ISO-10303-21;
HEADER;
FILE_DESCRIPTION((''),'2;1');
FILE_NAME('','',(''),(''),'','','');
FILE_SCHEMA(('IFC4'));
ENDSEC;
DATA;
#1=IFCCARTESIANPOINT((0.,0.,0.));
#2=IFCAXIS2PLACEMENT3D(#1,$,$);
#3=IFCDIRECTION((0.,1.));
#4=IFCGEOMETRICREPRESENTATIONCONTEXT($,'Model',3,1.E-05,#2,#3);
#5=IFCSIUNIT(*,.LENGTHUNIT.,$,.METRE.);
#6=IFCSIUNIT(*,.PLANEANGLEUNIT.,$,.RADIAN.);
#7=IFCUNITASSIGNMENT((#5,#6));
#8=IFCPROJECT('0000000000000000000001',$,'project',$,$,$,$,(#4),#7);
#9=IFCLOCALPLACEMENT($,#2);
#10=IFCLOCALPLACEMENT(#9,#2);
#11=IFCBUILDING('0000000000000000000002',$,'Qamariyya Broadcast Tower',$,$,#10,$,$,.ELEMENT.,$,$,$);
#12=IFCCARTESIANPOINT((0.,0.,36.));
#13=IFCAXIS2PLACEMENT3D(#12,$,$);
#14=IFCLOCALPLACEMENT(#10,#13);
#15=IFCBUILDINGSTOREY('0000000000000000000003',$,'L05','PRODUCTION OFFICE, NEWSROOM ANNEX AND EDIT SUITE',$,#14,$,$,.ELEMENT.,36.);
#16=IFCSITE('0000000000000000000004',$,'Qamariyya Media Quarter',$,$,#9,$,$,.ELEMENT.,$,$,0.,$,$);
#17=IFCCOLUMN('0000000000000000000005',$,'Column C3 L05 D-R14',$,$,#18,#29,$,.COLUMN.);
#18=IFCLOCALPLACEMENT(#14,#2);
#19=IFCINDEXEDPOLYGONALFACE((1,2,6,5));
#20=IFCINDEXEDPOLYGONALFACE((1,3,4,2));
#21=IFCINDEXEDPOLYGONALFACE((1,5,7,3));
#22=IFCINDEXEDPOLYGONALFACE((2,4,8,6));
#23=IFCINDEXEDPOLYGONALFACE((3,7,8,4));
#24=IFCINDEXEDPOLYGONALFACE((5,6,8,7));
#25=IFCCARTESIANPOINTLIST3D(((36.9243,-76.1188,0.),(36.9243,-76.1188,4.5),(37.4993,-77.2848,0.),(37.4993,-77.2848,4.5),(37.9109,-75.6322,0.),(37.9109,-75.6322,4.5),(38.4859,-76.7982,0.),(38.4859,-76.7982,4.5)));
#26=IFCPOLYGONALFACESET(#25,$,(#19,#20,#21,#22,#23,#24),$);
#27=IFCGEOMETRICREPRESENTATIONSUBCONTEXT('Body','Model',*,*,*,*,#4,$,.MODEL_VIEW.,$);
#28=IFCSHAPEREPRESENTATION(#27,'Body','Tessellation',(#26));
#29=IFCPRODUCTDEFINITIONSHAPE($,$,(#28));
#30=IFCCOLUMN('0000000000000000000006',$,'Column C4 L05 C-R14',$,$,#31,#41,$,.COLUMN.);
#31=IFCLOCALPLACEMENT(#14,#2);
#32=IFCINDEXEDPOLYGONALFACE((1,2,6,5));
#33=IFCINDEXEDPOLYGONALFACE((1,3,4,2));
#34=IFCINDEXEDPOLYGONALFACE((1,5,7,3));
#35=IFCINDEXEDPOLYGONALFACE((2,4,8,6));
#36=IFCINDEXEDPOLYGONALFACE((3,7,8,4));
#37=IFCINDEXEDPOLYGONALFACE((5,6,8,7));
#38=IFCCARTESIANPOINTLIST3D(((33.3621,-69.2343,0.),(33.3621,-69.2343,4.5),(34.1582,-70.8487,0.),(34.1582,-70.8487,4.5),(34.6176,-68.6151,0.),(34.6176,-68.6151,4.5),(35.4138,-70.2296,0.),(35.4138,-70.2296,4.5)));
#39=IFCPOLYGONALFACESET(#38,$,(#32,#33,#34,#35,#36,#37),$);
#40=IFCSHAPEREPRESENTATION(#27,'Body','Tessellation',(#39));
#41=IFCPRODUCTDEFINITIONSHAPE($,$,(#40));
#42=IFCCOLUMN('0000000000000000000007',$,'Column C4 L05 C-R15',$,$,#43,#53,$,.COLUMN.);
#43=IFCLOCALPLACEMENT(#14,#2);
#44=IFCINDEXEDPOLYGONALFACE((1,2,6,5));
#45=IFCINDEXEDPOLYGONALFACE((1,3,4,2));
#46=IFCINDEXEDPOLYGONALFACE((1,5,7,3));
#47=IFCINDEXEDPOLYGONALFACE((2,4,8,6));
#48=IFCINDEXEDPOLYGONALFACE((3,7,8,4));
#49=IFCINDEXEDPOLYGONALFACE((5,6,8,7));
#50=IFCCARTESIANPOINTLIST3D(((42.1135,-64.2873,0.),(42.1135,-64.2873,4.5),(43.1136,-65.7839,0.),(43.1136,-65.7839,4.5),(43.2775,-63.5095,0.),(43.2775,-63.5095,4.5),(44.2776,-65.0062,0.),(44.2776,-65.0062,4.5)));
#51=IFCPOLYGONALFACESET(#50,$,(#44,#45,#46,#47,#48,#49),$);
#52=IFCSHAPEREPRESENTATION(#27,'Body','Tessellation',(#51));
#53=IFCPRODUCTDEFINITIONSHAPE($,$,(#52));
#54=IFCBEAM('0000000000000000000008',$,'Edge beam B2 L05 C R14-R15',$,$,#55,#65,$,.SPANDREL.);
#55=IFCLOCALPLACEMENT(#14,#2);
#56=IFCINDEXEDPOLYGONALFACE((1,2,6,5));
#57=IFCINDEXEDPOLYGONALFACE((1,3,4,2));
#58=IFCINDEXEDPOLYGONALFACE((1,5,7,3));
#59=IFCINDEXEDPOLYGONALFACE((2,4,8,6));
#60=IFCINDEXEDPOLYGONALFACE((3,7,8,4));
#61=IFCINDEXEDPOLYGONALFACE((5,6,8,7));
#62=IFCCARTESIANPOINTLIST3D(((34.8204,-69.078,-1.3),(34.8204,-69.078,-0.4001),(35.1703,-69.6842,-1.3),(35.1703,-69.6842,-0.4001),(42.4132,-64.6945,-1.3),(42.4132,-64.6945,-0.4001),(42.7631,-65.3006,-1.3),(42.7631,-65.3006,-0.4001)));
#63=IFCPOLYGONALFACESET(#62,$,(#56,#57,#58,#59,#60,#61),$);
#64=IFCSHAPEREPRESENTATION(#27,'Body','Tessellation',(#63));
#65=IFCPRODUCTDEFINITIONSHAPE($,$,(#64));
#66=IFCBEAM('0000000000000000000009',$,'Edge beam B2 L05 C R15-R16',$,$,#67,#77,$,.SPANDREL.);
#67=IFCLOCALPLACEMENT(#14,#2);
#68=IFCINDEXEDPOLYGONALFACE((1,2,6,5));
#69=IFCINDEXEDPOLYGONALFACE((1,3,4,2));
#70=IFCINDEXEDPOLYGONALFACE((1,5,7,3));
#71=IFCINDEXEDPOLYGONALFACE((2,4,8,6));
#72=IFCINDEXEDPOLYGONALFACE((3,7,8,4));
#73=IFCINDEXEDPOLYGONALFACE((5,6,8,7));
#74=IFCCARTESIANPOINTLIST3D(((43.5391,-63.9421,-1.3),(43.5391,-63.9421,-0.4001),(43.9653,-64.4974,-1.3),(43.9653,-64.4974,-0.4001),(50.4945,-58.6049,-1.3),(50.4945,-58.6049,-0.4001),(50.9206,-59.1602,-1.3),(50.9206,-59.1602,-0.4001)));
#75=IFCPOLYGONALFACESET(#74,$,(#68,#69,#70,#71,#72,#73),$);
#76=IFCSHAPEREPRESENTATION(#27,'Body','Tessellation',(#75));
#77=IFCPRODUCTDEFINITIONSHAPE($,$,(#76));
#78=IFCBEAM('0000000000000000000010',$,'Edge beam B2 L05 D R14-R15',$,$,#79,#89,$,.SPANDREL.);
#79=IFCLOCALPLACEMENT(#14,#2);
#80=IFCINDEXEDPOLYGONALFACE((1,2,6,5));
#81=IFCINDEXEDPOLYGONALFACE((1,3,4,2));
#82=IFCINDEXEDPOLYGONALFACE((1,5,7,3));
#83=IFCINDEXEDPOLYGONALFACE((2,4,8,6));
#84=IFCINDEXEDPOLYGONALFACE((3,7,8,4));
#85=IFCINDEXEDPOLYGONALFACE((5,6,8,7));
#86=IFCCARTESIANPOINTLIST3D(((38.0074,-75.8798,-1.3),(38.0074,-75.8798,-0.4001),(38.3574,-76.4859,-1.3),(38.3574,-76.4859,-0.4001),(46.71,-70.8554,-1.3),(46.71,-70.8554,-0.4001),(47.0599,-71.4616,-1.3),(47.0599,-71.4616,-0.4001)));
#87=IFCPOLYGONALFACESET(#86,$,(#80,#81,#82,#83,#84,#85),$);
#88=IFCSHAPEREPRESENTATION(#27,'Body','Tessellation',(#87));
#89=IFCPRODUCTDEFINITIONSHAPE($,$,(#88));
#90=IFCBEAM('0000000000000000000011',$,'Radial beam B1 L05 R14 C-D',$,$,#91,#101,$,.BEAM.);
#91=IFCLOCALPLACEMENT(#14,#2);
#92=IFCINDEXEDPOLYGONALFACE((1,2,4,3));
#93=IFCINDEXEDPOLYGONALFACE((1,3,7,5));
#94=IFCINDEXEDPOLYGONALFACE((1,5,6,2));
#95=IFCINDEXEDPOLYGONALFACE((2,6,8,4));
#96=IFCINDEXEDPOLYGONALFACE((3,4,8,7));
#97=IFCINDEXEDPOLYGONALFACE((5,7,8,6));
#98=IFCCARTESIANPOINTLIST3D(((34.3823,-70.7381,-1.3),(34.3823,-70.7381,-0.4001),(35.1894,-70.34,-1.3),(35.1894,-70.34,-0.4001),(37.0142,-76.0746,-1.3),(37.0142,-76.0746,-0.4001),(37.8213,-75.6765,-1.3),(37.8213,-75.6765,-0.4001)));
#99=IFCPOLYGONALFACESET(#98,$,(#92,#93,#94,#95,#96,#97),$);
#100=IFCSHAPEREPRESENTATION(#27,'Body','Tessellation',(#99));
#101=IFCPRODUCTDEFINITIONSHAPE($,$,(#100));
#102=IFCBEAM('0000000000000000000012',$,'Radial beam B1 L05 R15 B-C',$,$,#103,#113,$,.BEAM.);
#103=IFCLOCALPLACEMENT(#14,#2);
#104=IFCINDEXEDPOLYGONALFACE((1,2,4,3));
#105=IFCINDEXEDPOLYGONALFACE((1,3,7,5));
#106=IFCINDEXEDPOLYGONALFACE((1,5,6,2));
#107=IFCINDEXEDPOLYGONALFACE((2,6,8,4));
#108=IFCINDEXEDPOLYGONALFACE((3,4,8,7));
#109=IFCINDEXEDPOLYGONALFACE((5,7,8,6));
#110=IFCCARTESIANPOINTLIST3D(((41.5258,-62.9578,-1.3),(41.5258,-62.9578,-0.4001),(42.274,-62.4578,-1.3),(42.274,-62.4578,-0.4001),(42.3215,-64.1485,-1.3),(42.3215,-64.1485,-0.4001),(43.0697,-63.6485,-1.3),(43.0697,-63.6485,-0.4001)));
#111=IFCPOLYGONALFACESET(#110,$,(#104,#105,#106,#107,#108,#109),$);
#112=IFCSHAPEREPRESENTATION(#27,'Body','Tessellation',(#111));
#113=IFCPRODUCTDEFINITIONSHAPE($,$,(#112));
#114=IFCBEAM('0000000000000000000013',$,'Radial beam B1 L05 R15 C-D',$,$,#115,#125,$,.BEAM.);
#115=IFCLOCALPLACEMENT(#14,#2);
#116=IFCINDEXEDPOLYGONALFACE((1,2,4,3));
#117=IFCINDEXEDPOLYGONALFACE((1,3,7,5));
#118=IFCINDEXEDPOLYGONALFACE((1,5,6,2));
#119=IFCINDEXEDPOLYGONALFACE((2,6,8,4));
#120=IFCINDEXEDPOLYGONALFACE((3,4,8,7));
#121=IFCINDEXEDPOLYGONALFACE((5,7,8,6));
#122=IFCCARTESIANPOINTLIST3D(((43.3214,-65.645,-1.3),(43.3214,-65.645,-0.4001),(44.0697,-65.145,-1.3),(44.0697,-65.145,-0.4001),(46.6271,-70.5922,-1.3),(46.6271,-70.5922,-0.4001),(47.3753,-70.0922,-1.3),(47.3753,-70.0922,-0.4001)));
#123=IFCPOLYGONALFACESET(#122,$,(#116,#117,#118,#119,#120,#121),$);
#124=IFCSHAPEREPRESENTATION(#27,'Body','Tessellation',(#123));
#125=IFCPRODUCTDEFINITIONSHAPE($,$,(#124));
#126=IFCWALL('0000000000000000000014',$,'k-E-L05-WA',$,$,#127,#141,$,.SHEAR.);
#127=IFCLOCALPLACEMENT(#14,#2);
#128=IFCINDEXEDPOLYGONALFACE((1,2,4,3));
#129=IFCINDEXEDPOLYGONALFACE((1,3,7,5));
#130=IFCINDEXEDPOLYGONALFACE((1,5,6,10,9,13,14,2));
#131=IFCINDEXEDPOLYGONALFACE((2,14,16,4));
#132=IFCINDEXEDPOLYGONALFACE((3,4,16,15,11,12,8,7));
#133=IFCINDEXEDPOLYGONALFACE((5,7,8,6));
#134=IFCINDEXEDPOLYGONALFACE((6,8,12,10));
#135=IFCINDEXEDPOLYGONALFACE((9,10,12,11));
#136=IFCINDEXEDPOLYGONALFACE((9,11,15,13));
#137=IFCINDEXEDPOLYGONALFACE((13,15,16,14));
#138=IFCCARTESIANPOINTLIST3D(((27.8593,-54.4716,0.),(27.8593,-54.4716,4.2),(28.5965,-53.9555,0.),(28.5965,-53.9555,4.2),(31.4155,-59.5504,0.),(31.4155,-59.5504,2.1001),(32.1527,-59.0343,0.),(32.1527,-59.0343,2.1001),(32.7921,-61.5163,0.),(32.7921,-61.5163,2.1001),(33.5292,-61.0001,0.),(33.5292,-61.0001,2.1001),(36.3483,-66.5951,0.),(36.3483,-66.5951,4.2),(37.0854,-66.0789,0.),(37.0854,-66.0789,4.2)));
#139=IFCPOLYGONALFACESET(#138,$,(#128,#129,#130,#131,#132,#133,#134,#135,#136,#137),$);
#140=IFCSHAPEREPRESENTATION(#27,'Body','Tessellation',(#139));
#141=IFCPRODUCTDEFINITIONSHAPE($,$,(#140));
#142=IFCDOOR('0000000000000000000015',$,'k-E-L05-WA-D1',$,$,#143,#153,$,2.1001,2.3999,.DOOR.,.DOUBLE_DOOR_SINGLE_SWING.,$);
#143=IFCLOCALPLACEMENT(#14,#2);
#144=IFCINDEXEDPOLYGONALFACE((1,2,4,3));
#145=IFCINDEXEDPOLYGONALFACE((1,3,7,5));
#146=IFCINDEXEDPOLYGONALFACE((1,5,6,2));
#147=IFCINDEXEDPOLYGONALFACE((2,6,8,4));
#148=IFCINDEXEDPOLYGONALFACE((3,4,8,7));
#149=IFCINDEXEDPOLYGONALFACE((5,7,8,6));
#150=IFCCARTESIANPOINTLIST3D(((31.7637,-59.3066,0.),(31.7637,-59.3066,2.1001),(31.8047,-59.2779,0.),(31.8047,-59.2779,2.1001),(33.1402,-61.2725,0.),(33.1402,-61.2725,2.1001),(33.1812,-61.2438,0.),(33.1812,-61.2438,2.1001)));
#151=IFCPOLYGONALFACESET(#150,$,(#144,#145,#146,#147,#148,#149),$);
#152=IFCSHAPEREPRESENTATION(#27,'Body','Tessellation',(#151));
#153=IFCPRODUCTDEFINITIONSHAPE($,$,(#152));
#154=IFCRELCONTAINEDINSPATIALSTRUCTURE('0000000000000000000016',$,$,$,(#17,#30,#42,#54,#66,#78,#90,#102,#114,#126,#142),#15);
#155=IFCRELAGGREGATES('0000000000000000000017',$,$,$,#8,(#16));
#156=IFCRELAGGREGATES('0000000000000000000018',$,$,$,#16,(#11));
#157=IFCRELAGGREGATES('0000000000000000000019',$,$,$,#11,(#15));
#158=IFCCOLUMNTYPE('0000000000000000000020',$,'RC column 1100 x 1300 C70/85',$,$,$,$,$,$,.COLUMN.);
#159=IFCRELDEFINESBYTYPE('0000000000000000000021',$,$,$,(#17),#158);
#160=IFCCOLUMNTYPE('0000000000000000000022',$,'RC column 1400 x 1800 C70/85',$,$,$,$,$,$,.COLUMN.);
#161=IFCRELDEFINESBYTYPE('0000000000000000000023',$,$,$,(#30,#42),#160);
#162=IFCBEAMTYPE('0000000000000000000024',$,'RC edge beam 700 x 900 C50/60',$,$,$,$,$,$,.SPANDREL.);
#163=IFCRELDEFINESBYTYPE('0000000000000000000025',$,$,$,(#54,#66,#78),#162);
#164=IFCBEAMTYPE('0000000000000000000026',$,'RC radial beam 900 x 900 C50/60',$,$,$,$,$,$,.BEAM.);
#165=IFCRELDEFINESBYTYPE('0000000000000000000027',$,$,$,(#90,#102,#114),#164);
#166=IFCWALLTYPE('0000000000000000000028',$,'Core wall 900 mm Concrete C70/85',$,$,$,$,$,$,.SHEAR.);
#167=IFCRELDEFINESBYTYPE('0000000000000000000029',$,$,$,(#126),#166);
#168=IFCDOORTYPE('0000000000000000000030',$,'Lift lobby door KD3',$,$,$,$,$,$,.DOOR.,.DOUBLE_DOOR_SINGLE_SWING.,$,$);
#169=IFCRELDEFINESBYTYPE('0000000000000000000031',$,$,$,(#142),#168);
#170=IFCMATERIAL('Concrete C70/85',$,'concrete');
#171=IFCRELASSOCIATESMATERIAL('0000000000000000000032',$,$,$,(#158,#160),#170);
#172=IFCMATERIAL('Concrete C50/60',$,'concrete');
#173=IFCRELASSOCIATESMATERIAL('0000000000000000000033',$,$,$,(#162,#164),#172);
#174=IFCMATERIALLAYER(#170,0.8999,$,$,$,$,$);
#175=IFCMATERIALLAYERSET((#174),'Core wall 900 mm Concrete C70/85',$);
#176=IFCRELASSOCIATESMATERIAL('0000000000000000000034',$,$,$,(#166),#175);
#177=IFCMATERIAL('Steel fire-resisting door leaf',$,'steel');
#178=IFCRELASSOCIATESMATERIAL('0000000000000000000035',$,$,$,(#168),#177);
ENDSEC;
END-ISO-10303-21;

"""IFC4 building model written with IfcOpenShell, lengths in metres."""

from ifc_helpers import new_model, si_unit, direction, frame, frame_2d, origin, origin_2d, place, context, subcontext, project, spatial, rectangle, extrude, material, layer, layer_set, material_profile, profile_set, type_object, element, fill, save


model = new_model("IFC4")

# Units and contexts
model_context = context("Model", 3, precision=1e-05, world=origin(), true_north=direction((0.0, 1.0)))
body_context = subcontext(model_context, "Body", "Model", "MODEL_VIEW")
ifc_project = project(units=[si_unit("LENGTHUNIT", "METRE"), si_unit("PLANEANGLEUNIT", "RADIAN")], contexts=[model_context])

# Site, building, storey
site_placement = place(None, origin())
site = spatial("IfcSite", under=ifc_project, at=site_placement, Name="Qamariyya Media Quarter", CompositionType="ELEMENT", RefElevation=0.0)
building_placement = place(site_placement, origin())
building = spatial("IfcBuilding", under=site, at=building_placement, Name="Qamariyya Broadcast Tower", CompositionType="ELEMENT")
storey_placement = place(building_placement, frame((0.0, 0.0, 36.0)))
storey = spatial("IfcBuildingStorey", under=building, at=storey_placement, Name="L05", Description="PRODUCTION OFFICE, NEWSROOM ANNEX AND EDIT SUITE", CompositionType="ELEMENT", Elevation=36.0)

# Columns
ifc_material_1 = material(Name="Concrete C70/85", Category="concrete")
ifc_material_profile_1 = material_profile(ifc_material_1, rectangle(XDim=1.1001, YDim=1.3, at=origin_2d()))
ifc_profile_set_1 = profile_set([ifc_material_profile_1], Name="Concrete C70/85")
column_type_1 = type_object("IfcColumnType", Name="RC column 1100 x 1300 C70/85", PredefinedType="COLUMN", material=ifc_profile_set_1)
column_placement = place(storey_placement, frame((37.7051, -76.4585, 0.0), z_axis=(0.0, 0.0, 1.0), x_axis=(0.896873, 0.442289, 0.0)))
element("IfcColumn", 1, at=column_placement, inside=storey, type_object=column_type_1, Name="Column C3 L05 D-R14", PredefinedType="COLUMN", context=body_context, shape_type="SweptSolid", body=[
    extrude(rectangle(XDim=1.1001, YDim=1.3, at=origin_2d()), origin(), (0.0, 0.0, 1.0), 4.5),
])
ifc_material_profile_2 = material_profile(ifc_material_1, rectangle(XDim=1.3999, YDim=1.8, at=origin_2d()))
ifc_profile_set_2 = profile_set([ifc_material_profile_2], Name="Concrete C70/85")
column_type_2 = type_object("IfcColumnType", Name="RC column 1400 x 1800 C70/85", PredefinedType="COLUMN", material=ifc_profile_set_2)
for number, where, z_axis, x_axis, name in (
    (2, (34.3879, -69.7319, 0.0), (0.0, 0.0, 1.0), (0.896873, 0.442289, 0.0), "Column C4 L05 C-R14"),
    (3, (43.1956, -64.6467, 0.0), (0.0, 0.0, 1.0), (0.83147, 0.55557, 0.0), "Column C4 L05 C-R15"),
):
    element("IfcColumn", number, at=place(storey_placement, frame(where, z_axis=z_axis, x_axis=x_axis)), inside=storey, type_object=column_type_2, Name=name, PredefinedType="COLUMN", context=body_context, shape_type="SweptSolid", body=[
        extrude(rectangle(XDim=1.3999, YDim=1.8, at=origin_2d()), origin(), (0.0, 0.0, 1.0), 4.5),
    ])

# Beams
ifc_material_2 = material(Name="Concrete C50/60", Category="concrete")
ifc_material_profile_3 = material_profile(ifc_material_2, rectangle(XDim=0.7, YDim=0.8999, at=origin_2d()))
ifc_profile_set_3 = profile_set([ifc_material_profile_3], Name="Concrete C50/60")
beam_type_1 = type_object("IfcBeamType", Name="RC edge beam 700 x 900 C50/60", PredefinedType="SPANDREL", material=ifc_profile_set_3)
beam_1_placement = place(storey_placement, frame((34.9954, -69.3811, -0.8501), z_axis=(0.866033, 0.499988, 0.0), x_axis=(-0.499988, 0.866033, 0.0)))
element("IfcBeam", 4, at=beam_1_placement, inside=storey, type_object=beam_type_1, Name="Edge beam B2 L05 C R14-R15", PredefinedType="SPANDREL", context=body_context, shape_type="SweptSolid", body=[
    extrude(rectangle(XDim=0.7, YDim=0.8999, at=origin_2d()), origin(), (0.0, 0.0, 1.0), 8.7673),
])
beam_2_placement = place(storey_placement, frame((43.7522, -64.2197, -0.8501), z_axis=(0.793345, 0.608772, 0.0), x_axis=(-0.608772, 0.793345, 0.0)))
element("IfcBeam", 5, at=beam_2_placement, inside=storey, type_object=beam_type_1, Name="Edge beam B2 L05 C R15-R16", PredefinedType="SPANDREL", context=body_context, shape_type="SweptSolid", body=[
    extrude(rectangle(XDim=0.7, YDim=0.8999, at=origin_2d()), origin(), (0.0, 0.0, 1.0), 8.7671),
])
beam_3_placement = place(storey_placement, frame((38.1824, -76.1829, -0.8501), z_axis=(0.866028, 0.499996, 0.0), x_axis=(-0.499996, 0.866028, 0.0)))
element("IfcBeam", 6, at=beam_3_placement, inside=storey, type_object=beam_type_1, Name="Edge beam B2 L05 D R14-R15", PredefinedType="SPANDREL", context=body_context, shape_type="SweptSolid", body=[
    extrude(rectangle(XDim=0.7, YDim=0.8999, at=origin_2d()), origin(), (0.0, 0.0, 1.0), 10.0488),
])
ifc_material_profile_4 = material_profile(ifc_material_2, rectangle(XDim=0.8999, YDim=0.8999, at=origin_2d()))
ifc_profile_set_4 = profile_set([ifc_material_profile_4], Name="Concrete C50/60")
beam_type_2 = type_object("IfcBeamType", Name="RC radial beam 900 x 900 C50/60", PredefinedType="BEAM", material=ifc_profile_set_4)
beam_4_placement = place(storey_placement, frame((34.7859, -70.5391, -0.8501), z_axis=(0.442316, -0.896859, 0.0), x_axis=(0.896859, 0.442316, 0.0)))
element("IfcBeam", 7, at=beam_4_placement, inside=storey, type_object=beam_type_2, Name="Radial beam B1 L05 R14 C-D", PredefinedType="BEAM", context=body_context, shape_type="SweptSolid", body=[
    extrude(rectangle(XDim=0.8999, YDim=0.8999, at=origin_2d()), origin(), (0.0, 0.0, 1.0), 5.9502),
])
beam_5_placement = place(storey_placement, frame((41.8999, -62.7078, -0.8501), z_axis=(0.555605, -0.831447, 0.0), x_axis=(0.831447, 0.555605, 0.0)))
element("IfcBeam", 8, at=beam_5_placement, inside=storey, type_object=beam_type_2, Name="Radial beam B1 L05 R15 B-C", PredefinedType="BEAM", context=body_context, shape_type="SweptSolid", body=[
    extrude(rectangle(XDim=0.8999, YDim=0.8999, at=origin_2d()), origin(), (0.0, 0.0, 1.0), 1.4321),
])
beam_6_placement = place(storey_placement, frame((43.6956, -65.395, -0.8501), z_axis=(0.555571, -0.831469, 0.0), x_axis=(0.831469, 0.555571, 0.0)))
element("IfcBeam", 9, at=beam_6_placement, inside=storey, type_object=beam_type_2, Name="Radial beam B1 L05 R15 C-D", PredefinedType="BEAM", context=body_context, shape_type="SweptSolid", body=[
    extrude(rectangle(XDim=0.8999, YDim=0.8999, at=origin_2d()), origin(), (0.0, 0.0, 1.0), 5.95),
])

# Wall, opening, door
ifc_layer_1 = layer(ifc_material_1, 0.8999)
ifc_layer_set_1 = layer_set([ifc_layer_1], Name="Core wall 900 mm Concrete C70/85")
wall_type_1 = type_object("IfcWallType", Name="Core wall 900 mm Concrete C70/85", PredefinedType="SHEAR", material=ifc_layer_set_1)
wall_1_placement = place(storey_placement, frame((36.7168, -66.3369, 0.0), z_axis=(0.0, 0.0, 1.0), x_axis=(-0.573577, 0.819151, 0.0)))
wall_1 = element("IfcWall", 10, at=wall_1_placement, inside=storey, type_object=wall_type_1, Name="k-E-L05-WA", PredefinedType="SHEAR", context=body_context, shape_type="SweptSolid", body=[
    extrude(rectangle(XDim=14.8, YDim=0.8999, at=frame_2d((7.3999, 0.0))), origin(), (0.0, 0.0, 1.0), 4.2),
])
opening_1_placement = place(wall_1_placement, frame((6.2, 0.0, 0.0)))
opening_1 = element("IfcOpeningElement", 11, at=opening_1_placement, cuts=wall_1, PredefinedType="OPENING", context=body_context, shape_type="SweptSolid", body=[
    extrude(rectangle(XDim=2.3999, YDim=2.1001, at=frame_2d((1.2, 1.05))), frame((0.0, 0.46, 0.0), z_axis=(0.0, -1.0, 0.0), x_axis=(1.0, 0.0, 0.0)), (0.0, 0.0, 1.0), 0.9199),
])
ifc_material_3 = material(Name="Steel fire-resisting door leaf", Category="steel")
door_type_1 = type_object("IfcDoorType", Name="Lift lobby door KD3", OperationType="DOUBLE_DOOR_SINGLE_SWING", PredefinedType="DOOR", material=ifc_material_3)
door_1_placement = place(opening_1_placement, origin())
door_1 = element("IfcDoor", 12, at=door_1_placement, inside=storey, type_object=door_type_1, Name="k-E-L05-WA-D1", OperationType="DOUBLE_DOOR_SINGLE_SWING", OverallHeight=2.1001, OverallWidth=2.3999, PredefinedType="DOOR", context=body_context, shape_type="SweptSolid", body=[
    extrude(rectangle(XDim=2.3999, YDim=2.1001, at=frame_2d((1.2, 1.05))), frame((0.0, 0.0249, 0.0), z_axis=(0.0, -1.0, 0.0), x_axis=(1.0, 0.0, 0.0)), (0.0, 0.0, 1.0), 0.05),
])
fill(opening_1, door_1)

save(model, "model.ifc")
